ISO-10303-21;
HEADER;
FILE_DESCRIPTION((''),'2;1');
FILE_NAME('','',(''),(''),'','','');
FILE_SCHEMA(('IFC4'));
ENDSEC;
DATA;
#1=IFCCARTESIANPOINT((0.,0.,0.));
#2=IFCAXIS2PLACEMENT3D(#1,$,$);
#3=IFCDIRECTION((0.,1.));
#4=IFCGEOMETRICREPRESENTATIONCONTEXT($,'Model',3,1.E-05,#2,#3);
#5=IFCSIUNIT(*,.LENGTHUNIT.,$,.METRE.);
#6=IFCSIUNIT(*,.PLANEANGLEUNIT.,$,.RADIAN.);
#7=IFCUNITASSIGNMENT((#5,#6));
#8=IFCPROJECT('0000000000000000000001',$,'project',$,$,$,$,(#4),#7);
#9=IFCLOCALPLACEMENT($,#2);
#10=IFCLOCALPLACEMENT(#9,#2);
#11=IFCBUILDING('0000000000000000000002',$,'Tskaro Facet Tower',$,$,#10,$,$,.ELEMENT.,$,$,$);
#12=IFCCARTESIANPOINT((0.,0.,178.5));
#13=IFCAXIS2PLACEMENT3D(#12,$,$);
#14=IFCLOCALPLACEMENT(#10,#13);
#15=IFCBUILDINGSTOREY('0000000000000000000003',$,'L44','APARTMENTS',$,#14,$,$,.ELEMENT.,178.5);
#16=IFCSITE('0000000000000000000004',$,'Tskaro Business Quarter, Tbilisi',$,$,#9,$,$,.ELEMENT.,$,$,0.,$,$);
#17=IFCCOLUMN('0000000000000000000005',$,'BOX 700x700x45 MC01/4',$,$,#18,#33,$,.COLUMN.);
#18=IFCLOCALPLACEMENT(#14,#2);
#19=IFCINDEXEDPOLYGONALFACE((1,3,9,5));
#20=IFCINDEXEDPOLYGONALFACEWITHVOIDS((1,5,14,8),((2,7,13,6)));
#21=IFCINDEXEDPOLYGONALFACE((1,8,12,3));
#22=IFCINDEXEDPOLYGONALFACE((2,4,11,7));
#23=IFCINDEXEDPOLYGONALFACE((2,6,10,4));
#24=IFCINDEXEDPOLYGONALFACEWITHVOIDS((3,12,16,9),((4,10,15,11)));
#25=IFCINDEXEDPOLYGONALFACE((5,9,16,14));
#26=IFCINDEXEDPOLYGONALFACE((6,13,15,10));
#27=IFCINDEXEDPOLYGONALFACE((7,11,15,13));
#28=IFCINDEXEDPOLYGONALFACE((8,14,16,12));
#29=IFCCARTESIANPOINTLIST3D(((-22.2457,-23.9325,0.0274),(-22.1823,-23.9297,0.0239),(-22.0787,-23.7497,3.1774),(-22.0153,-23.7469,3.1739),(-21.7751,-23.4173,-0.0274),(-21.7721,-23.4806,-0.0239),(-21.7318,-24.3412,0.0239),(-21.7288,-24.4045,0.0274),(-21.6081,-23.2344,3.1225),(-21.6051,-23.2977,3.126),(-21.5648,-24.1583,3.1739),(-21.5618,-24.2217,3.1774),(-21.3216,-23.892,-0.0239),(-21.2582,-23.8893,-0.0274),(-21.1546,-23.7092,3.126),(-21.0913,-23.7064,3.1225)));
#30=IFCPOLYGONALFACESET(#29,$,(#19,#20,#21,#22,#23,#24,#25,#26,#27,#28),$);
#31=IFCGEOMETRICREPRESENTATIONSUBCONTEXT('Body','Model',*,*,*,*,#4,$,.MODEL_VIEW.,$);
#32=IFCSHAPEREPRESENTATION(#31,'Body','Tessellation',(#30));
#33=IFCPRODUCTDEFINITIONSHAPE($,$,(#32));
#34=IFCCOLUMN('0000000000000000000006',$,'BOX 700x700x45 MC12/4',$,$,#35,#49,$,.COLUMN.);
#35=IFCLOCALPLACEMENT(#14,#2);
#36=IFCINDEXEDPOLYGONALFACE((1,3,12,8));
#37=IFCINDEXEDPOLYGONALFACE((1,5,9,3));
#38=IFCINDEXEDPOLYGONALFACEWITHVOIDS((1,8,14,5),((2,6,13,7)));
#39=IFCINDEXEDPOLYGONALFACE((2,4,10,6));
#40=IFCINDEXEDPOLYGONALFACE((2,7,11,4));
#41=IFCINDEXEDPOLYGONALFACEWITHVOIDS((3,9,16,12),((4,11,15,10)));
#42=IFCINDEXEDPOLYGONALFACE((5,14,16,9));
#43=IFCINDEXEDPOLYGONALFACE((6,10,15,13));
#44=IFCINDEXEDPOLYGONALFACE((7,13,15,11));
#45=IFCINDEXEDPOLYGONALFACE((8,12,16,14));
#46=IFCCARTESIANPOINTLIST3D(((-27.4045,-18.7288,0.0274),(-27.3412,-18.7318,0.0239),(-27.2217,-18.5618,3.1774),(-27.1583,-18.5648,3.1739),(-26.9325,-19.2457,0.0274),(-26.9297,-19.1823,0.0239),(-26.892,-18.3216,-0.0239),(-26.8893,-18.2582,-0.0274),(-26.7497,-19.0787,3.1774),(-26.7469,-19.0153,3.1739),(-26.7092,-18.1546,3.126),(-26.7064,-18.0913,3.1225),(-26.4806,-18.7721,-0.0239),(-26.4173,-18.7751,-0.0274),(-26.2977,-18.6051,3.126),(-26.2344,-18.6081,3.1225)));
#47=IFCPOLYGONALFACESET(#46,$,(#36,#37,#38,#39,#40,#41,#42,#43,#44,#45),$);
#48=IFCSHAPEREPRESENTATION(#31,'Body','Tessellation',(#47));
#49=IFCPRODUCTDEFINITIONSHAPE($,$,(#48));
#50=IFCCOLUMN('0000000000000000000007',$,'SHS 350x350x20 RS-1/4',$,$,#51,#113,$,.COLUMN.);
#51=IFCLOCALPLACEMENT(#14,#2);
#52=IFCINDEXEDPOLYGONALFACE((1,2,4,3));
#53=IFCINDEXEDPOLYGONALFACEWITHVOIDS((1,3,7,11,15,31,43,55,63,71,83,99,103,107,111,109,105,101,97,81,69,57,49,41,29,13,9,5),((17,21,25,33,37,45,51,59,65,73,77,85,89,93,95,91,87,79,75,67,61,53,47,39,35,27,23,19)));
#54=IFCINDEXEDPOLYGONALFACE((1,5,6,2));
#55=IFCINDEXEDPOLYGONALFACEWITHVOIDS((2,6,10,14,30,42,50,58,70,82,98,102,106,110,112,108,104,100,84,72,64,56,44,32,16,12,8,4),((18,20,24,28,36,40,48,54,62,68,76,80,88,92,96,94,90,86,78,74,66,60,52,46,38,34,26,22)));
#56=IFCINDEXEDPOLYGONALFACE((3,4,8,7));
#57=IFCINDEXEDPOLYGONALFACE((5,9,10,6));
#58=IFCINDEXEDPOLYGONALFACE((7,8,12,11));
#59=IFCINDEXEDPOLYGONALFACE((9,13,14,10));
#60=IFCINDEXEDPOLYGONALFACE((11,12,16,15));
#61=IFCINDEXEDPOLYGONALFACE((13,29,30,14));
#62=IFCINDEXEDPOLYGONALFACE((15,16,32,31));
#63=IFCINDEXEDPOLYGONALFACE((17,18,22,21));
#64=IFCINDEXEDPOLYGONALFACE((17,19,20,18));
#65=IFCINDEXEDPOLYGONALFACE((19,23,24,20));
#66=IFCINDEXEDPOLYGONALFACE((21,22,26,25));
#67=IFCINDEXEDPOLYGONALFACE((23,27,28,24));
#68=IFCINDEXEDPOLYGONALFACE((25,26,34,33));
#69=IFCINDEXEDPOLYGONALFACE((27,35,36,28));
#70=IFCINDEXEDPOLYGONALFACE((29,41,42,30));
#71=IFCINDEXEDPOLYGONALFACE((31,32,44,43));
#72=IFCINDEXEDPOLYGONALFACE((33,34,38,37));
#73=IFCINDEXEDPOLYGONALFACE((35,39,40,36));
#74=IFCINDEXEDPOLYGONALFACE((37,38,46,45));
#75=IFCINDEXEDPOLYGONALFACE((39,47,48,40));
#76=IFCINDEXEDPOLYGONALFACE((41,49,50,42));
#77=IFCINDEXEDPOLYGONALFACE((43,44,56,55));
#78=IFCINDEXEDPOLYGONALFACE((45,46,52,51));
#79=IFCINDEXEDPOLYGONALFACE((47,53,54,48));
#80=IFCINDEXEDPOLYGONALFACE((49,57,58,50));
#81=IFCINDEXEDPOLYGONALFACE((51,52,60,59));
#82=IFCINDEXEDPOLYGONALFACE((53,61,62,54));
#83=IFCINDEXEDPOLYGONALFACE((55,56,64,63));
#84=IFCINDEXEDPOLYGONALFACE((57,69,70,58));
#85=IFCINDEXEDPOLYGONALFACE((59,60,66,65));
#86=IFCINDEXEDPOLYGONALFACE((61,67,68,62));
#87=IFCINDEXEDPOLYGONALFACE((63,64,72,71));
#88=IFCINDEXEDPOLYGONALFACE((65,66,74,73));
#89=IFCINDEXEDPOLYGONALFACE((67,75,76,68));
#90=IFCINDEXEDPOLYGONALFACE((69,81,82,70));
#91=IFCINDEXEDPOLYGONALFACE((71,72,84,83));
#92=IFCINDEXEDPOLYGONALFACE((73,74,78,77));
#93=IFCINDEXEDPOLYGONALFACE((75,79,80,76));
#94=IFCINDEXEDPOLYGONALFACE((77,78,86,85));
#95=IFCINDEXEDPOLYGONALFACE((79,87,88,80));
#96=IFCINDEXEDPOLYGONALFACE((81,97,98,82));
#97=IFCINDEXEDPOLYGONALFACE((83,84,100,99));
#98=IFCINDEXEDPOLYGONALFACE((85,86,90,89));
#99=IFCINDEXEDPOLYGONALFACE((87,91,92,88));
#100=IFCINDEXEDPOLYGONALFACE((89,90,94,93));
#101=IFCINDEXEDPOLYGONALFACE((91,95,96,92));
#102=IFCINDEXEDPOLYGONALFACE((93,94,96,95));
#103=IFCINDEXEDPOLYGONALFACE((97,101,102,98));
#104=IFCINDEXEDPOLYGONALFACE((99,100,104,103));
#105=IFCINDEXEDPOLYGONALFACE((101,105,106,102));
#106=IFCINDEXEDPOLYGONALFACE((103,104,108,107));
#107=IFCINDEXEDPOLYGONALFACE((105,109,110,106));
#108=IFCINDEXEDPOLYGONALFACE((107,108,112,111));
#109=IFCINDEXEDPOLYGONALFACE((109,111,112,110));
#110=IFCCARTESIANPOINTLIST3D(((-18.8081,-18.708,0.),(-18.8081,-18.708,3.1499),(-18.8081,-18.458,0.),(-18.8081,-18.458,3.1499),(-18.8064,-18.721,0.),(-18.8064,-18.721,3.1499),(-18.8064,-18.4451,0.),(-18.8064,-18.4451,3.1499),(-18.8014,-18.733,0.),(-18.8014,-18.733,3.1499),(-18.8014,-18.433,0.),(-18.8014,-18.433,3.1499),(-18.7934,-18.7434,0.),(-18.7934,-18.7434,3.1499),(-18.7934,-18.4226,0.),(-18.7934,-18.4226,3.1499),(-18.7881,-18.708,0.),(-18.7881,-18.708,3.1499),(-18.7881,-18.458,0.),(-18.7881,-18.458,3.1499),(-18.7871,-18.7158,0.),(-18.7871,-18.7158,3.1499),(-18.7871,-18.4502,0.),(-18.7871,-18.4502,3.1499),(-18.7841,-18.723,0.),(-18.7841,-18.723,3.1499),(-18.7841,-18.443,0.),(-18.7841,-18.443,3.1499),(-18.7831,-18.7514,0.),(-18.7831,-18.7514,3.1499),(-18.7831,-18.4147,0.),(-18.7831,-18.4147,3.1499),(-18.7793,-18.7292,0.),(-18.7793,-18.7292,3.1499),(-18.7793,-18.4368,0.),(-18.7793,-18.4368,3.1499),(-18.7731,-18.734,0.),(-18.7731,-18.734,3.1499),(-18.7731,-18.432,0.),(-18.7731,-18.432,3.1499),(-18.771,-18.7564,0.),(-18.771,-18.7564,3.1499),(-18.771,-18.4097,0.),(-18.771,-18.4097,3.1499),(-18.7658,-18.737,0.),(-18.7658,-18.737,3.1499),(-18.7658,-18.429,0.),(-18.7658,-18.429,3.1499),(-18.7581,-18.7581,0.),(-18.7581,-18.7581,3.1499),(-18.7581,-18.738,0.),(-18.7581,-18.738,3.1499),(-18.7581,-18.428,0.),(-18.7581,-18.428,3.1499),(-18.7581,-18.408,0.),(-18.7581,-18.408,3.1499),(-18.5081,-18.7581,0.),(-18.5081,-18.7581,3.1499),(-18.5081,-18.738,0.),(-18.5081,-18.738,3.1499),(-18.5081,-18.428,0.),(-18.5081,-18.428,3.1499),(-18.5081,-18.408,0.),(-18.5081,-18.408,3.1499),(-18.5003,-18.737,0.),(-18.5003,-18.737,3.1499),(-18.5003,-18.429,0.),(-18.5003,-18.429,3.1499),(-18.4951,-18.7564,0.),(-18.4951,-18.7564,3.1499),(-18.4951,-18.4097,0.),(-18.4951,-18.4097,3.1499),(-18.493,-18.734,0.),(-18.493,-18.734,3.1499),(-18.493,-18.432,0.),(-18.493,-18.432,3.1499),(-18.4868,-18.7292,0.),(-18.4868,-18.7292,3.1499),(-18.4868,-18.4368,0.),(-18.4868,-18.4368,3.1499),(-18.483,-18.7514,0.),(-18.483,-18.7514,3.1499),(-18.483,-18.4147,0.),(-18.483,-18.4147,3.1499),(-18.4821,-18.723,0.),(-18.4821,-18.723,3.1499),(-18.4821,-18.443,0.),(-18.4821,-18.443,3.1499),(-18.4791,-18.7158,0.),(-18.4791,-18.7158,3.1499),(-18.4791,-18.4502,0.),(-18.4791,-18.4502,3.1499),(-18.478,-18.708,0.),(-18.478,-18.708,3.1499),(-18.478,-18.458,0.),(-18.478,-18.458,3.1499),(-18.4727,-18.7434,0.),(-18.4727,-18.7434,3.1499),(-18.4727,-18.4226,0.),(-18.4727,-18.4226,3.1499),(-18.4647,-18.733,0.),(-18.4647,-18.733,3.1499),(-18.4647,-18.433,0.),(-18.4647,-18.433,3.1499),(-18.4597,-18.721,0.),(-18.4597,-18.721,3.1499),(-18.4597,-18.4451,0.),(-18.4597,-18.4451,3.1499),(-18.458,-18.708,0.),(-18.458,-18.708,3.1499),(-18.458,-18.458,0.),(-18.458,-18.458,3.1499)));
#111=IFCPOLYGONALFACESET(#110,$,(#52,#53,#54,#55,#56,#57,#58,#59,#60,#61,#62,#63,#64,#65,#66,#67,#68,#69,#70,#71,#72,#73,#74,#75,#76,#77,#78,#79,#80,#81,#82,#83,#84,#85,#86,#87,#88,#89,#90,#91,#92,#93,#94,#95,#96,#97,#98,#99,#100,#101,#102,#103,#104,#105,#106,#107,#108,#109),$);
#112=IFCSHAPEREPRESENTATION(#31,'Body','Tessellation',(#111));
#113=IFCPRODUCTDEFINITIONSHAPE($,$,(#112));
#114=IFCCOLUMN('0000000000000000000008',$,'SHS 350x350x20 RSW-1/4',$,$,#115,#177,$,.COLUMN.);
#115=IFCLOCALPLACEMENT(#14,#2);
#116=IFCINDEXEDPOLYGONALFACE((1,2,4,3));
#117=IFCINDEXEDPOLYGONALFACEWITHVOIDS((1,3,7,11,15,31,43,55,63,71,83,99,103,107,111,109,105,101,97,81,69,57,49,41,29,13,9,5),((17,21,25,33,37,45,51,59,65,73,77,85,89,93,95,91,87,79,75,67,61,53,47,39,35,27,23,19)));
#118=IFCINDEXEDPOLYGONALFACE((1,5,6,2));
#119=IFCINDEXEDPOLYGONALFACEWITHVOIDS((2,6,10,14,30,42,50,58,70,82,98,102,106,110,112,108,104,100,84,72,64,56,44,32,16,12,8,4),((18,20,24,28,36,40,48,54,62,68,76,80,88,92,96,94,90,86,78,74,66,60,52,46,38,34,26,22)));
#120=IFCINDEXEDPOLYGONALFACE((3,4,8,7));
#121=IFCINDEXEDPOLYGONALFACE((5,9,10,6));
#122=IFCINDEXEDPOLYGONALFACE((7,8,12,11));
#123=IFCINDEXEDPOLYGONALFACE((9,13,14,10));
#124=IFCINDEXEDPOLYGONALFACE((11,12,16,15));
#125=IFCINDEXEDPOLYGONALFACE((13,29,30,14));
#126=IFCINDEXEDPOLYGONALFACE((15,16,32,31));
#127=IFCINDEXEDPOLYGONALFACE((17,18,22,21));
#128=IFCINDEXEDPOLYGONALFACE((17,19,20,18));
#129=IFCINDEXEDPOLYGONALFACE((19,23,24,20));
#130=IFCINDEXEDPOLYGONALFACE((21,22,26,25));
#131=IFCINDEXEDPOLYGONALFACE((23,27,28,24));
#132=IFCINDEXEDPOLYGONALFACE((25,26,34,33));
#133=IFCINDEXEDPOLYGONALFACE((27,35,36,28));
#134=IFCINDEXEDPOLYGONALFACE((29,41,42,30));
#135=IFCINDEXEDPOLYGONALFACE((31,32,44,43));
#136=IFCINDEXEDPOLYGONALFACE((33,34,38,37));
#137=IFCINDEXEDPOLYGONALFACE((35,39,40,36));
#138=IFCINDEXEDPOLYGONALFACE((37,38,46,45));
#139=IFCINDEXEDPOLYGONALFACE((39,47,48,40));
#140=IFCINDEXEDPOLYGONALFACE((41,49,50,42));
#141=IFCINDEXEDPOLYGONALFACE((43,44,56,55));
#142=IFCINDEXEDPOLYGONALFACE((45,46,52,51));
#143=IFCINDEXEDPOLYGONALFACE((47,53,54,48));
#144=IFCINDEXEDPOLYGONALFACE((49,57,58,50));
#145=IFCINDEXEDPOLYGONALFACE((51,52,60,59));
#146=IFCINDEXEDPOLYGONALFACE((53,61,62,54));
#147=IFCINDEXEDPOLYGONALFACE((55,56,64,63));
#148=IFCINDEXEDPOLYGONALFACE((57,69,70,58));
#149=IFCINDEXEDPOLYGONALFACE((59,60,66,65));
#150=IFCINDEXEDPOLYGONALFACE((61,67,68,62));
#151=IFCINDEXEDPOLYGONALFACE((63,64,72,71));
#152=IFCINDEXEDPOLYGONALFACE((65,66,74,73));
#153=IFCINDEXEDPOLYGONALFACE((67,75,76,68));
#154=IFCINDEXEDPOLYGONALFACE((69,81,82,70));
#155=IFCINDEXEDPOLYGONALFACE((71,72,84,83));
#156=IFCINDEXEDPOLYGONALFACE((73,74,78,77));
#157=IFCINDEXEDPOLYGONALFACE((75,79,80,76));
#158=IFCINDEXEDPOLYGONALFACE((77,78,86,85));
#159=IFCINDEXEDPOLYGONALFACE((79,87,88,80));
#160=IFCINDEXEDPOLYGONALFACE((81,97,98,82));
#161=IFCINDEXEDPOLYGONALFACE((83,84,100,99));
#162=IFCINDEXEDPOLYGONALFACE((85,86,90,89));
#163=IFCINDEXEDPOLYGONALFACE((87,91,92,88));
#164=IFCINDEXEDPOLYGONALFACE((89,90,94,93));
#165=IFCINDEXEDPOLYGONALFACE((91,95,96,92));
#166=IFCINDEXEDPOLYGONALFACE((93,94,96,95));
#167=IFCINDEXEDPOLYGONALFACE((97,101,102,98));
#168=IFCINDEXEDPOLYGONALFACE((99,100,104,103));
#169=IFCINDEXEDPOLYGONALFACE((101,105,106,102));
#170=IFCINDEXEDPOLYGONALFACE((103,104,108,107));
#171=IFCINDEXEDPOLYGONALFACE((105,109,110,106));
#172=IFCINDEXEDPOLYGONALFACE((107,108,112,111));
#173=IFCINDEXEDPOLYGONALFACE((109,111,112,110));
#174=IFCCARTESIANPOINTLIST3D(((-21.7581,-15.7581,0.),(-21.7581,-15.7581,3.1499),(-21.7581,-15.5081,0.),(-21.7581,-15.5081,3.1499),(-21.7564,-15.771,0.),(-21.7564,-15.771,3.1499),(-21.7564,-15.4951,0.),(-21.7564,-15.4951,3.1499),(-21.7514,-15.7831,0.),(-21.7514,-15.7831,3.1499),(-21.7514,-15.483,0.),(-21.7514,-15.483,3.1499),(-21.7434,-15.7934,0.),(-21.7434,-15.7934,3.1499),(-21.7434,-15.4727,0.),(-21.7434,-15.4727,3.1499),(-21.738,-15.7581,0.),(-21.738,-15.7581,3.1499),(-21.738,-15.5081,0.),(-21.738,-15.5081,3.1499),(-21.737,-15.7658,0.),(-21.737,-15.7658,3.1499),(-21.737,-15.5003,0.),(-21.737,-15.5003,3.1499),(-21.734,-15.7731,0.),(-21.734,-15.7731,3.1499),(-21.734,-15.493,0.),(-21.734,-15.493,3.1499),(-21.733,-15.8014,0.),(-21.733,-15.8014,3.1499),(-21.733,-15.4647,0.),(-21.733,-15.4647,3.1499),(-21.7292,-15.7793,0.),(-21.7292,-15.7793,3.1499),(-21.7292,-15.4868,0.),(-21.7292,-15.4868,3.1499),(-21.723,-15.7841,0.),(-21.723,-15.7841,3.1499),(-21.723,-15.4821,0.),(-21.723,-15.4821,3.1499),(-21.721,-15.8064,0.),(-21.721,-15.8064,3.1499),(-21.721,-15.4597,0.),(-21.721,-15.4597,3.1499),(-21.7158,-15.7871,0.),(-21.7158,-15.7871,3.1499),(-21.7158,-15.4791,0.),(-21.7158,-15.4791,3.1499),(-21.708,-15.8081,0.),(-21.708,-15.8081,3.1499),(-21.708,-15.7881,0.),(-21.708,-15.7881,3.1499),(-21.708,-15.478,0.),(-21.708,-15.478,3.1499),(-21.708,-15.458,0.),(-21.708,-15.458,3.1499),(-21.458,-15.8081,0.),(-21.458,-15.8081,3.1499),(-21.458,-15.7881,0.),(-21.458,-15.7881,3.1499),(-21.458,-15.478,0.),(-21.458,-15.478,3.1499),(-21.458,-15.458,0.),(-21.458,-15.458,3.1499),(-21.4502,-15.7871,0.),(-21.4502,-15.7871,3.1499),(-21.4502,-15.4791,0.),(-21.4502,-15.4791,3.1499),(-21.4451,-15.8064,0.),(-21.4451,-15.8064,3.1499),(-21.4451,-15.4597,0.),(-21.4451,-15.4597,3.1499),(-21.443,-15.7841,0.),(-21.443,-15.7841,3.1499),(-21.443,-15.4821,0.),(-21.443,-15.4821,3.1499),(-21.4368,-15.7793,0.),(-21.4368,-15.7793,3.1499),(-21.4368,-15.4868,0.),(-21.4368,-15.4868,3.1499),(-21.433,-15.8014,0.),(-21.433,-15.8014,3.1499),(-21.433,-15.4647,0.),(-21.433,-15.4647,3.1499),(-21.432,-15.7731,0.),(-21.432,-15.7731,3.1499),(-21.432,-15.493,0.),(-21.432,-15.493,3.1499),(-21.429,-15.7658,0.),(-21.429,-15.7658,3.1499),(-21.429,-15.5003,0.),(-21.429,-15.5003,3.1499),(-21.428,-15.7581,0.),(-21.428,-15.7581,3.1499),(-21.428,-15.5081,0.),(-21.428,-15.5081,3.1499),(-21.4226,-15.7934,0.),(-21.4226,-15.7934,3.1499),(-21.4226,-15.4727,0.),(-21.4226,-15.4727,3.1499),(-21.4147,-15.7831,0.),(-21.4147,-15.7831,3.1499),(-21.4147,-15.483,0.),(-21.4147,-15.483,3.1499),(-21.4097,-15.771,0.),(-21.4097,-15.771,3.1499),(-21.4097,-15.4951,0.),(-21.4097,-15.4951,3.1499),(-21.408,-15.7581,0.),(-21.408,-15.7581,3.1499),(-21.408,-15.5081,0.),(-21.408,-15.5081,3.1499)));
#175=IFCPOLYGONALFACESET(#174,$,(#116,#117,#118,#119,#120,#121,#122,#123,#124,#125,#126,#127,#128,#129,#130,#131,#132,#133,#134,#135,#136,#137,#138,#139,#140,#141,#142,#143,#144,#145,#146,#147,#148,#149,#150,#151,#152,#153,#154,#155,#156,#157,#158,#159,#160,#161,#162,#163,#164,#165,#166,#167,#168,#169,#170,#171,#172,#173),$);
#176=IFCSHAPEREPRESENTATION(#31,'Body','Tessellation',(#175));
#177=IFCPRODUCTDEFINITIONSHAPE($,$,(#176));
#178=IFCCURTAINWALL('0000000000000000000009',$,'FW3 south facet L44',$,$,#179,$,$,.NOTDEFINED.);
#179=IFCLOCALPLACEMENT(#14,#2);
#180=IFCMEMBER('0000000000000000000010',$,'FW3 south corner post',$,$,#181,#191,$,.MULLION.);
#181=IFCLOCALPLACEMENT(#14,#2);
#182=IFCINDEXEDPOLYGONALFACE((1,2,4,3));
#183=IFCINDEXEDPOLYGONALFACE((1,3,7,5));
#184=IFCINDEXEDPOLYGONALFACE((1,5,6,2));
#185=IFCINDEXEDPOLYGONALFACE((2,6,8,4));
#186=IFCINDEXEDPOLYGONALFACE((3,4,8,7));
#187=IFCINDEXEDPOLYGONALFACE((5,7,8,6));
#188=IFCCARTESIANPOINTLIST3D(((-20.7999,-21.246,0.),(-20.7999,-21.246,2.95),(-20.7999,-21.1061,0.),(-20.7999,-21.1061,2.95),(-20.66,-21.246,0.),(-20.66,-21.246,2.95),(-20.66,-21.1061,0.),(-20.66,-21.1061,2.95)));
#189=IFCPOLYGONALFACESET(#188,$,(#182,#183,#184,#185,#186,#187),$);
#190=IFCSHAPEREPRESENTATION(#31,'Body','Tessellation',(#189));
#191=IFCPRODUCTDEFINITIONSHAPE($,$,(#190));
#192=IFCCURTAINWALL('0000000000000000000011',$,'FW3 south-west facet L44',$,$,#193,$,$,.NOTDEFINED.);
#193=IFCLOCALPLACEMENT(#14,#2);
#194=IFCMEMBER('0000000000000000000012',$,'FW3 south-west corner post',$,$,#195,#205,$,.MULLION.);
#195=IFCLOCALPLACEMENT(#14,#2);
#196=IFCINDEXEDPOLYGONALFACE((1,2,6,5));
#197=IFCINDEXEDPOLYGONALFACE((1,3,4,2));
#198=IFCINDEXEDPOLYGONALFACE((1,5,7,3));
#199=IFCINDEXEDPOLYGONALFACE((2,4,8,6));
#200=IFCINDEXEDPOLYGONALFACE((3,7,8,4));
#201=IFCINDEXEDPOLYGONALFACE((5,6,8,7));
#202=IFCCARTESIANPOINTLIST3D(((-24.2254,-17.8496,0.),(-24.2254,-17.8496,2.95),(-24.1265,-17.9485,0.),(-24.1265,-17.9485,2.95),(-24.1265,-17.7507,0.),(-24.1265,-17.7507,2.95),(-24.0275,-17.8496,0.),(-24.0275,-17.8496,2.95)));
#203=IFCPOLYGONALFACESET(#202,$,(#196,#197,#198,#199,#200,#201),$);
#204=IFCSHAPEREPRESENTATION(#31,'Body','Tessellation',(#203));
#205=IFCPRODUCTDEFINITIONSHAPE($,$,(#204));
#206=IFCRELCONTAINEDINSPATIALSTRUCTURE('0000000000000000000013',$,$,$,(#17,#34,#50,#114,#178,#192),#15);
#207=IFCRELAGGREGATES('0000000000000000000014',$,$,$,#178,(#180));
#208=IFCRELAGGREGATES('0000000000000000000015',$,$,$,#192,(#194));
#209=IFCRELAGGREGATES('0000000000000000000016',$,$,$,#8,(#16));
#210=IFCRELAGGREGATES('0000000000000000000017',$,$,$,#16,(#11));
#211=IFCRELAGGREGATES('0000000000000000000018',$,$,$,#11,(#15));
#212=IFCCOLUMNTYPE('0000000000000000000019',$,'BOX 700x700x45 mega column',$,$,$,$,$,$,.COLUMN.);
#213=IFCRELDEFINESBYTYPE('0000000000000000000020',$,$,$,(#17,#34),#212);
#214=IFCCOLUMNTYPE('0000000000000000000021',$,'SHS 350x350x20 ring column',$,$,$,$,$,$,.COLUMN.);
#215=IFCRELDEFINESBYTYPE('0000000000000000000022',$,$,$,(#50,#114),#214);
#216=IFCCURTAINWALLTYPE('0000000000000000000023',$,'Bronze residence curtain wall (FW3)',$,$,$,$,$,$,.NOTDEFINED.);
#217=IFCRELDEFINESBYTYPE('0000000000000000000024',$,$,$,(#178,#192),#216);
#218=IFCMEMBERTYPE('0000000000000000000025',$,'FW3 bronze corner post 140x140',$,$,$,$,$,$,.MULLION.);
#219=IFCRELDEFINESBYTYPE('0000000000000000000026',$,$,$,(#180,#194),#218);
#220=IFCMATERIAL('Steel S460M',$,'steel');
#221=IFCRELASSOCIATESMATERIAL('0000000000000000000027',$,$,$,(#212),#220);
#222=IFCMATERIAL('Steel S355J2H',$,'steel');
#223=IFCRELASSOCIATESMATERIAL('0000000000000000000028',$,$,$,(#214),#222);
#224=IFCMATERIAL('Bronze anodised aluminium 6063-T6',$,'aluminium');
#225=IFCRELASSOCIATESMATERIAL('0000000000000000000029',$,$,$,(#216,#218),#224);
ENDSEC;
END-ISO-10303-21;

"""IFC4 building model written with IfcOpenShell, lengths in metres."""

from ifc_helpers import new_model, si_unit, direction, frame, origin, origin_2d, place, context, subcontext, project, spatial, rectangle, hollow_rectangle, extrude, material, material_profile, profile_set, type_object, element, aggregate, save


model = new_model("IFC4")

# Units and contexts
model_context = context("Model", 3, precision=1e-05, world=origin(), true_north=direction((0.0, 1.0)))
body_context = subcontext(model_context, "Body", "Model", "MODEL_VIEW")
ifc_project = project(units=[si_unit("LENGTHUNIT", "METRE"), si_unit("PLANEANGLEUNIT", "RADIAN")], contexts=[model_context])

# Site, building, storey
site_placement = place(None, origin())
site = spatial("IfcSite", under=ifc_project, at=site_placement, Name="Tskaro Business Quarter, Tbilisi", CompositionType="ELEMENT", RefElevation=0.0)
building_placement = place(site_placement, origin())
building = spatial("IfcBuilding", under=site, at=building_placement, Name="Tskaro Facet Tower", CompositionType="ELEMENT")
storey_placement = place(building_placement, frame((0.0, 0.0, 178.5)))
storey = spatial("IfcBuildingStorey", under=building, at=storey_placement, Name="L44", Description="APARTMENTS", CompositionType="ELEMENT", Elevation=178.5)

# Columns
ifc_material_1 = material(Name="Steel S460M", Category="steel")
ifc_material_profile_1 = material_profile(ifc_material_1, hollow_rectangle(XDim=0.7, YDim=0.7, WallThickness=0.0449, at=origin_2d()), Name="BOX 700x700x45")
ifc_profile_set_1 = profile_set([ifc_material_profile_1], Name="Steel S460M")
column_type_1 = type_object("IfcColumnType", Name="BOX 700x700x45 mega column", PredefinedType="COLUMN", material=ifc_profile_set_1)
for number, where, z_axis, x_axis, name in (
    (1, (-21.752, -23.9109, 0.0), (0.052852, 0.057874, 0.996924), (-0.738421, 0.674339, 0.0), "BOX 700x700x45 MC01/4"),
    (2, (-26.9109, -18.752, 0.0), (0.057874, 0.052852, 0.996924), (-0.674339, 0.738421, 0.0), "BOX 700x700x45 MC12/4"),
):
    element("IfcColumn", number, at=place(storey_placement, frame(where, z_axis=z_axis, x_axis=x_axis)), inside=storey, type_object=column_type_1, Name=name, PredefinedType="COLUMN", context=body_context, shape_type="SweptSolid", body=[
        extrude(hollow_rectangle(XDim=0.7, YDim=0.7, WallThickness=0.0449, at=origin_2d()), origin(), (0.0, 0.0, 1.0), 3.1597),
    ])
ifc_material_2 = material(Name="Steel S355J2H", Category="steel")
ifc_material_profile_2 = material_profile(ifc_material_2, hollow_rectangle(XDim=0.3501, YDim=0.3501, WallThickness=0.02, InnerFilletRadius=0.03, OuterFilletRadius=0.05, at=origin_2d()), Name="SHS 350x350x20")
ifc_profile_set_2 = profile_set([ifc_material_profile_2], Name="Steel S355J2H")
column_type_2 = type_object("IfcColumnType", Name="SHS 350x350x20 ring column", PredefinedType="COLUMN", material=ifc_profile_set_2)
for number, where, z_axis, x_axis, name in (
    (3, (-18.6331, -18.583, 0.0), (0.0, 0.0, 1.0), (1.0, 0.0, 0.0), "SHS 350x350x20 RS-1/4"),
    (4, (-21.583, -15.6331, 0.0), (0.0, 0.0, 1.0), (1.0, 0.0, 0.0), "SHS 350x350x20 RSW-1/4"),
):
    element("IfcColumn", number, at=place(storey_placement, frame(where, z_axis=z_axis, x_axis=x_axis)), inside=storey, type_object=column_type_2, Name=name, PredefinedType="COLUMN", context=body_context, shape_type="SweptSolid", body=[
        extrude(hollow_rectangle(XDim=0.3501, YDim=0.3501, WallThickness=0.02, InnerFilletRadius=0.03, OuterFilletRadius=0.05, at=origin_2d()), origin(), (0.0, 0.0, 1.0), 3.1499),
    ])

# Curtain walls, members
ifc_material_3 = material(Name="Bronze anodised aluminium 6063-T6", Category="aluminium")
curtain_wall_type = type_object("IfcCurtainWallType", Name="Bronze residence curtain wall (FW3)", PredefinedType="NOTDEFINED", material=ifc_material_3)
curtain_wall_1_placement = place(storey_placement, origin())
curtain_wall_1 = element("IfcCurtainWall", 5, at=curtain_wall_1_placement, inside=storey, type_object=curtain_wall_type, Name="FW3 south facet L44", PredefinedType="NOTDEFINED")
ifc_material_profile_3 = material_profile(ifc_material_3, rectangle(XDim=0.1399, YDim=0.1399, at=origin_2d()), Name="Corner post 140x140")
ifc_profile_set_3 = profile_set([ifc_material_profile_3], Name="Bronze anodised aluminium 6063-T6")
member_type_1 = type_object("IfcMemberType", Name="FW3 bronze corner post 140x140", PredefinedType="MULLION", material=ifc_profile_set_3)
member_1_placement = place(storey_placement, frame((-20.73, -21.176, 0.0), z_axis=(0.0, 0.0, 1.0), x_axis=(1.0, 0.0, 0.0)))
member_1 = element("IfcMember", 6, at=member_1_placement, type_object=member_type_1, Name="FW3 south corner post", PredefinedType="MULLION", context=body_context, shape_type="SweptSolid", body=[
    extrude(rectangle(XDim=0.1399, YDim=0.1399, at=origin_2d()), origin(), (0.0, 0.0, 1.0), 2.95),
])
curtain_wall_2_placement = place(storey_placement, origin())
curtain_wall_2 = element("IfcCurtainWall", 7, at=curtain_wall_2_placement, inside=storey, type_object=curtain_wall_type, Name="FW3 south-west facet L44", PredefinedType="NOTDEFINED")
member_2_placement = place(storey_placement, frame((-24.1265, -17.8496, 0.0), z_axis=(0.0, 0.0, 1.0), x_axis=(0.707107, -0.707107, 0.0)))
member_2 = element("IfcMember", 8, at=member_2_placement, type_object=member_type_1, Name="FW3 south-west corner post", PredefinedType="MULLION", context=body_context, shape_type="SweptSolid", body=[
    extrude(rectangle(XDim=0.1399, YDim=0.1399, at=origin_2d()), origin(), (0.0, 0.0, 1.0), 2.95),
])

aggregate(curtain_wall_1, [member_1])

aggregate(curtain_wall_2, [member_2])

save(model, "model.ifc")
